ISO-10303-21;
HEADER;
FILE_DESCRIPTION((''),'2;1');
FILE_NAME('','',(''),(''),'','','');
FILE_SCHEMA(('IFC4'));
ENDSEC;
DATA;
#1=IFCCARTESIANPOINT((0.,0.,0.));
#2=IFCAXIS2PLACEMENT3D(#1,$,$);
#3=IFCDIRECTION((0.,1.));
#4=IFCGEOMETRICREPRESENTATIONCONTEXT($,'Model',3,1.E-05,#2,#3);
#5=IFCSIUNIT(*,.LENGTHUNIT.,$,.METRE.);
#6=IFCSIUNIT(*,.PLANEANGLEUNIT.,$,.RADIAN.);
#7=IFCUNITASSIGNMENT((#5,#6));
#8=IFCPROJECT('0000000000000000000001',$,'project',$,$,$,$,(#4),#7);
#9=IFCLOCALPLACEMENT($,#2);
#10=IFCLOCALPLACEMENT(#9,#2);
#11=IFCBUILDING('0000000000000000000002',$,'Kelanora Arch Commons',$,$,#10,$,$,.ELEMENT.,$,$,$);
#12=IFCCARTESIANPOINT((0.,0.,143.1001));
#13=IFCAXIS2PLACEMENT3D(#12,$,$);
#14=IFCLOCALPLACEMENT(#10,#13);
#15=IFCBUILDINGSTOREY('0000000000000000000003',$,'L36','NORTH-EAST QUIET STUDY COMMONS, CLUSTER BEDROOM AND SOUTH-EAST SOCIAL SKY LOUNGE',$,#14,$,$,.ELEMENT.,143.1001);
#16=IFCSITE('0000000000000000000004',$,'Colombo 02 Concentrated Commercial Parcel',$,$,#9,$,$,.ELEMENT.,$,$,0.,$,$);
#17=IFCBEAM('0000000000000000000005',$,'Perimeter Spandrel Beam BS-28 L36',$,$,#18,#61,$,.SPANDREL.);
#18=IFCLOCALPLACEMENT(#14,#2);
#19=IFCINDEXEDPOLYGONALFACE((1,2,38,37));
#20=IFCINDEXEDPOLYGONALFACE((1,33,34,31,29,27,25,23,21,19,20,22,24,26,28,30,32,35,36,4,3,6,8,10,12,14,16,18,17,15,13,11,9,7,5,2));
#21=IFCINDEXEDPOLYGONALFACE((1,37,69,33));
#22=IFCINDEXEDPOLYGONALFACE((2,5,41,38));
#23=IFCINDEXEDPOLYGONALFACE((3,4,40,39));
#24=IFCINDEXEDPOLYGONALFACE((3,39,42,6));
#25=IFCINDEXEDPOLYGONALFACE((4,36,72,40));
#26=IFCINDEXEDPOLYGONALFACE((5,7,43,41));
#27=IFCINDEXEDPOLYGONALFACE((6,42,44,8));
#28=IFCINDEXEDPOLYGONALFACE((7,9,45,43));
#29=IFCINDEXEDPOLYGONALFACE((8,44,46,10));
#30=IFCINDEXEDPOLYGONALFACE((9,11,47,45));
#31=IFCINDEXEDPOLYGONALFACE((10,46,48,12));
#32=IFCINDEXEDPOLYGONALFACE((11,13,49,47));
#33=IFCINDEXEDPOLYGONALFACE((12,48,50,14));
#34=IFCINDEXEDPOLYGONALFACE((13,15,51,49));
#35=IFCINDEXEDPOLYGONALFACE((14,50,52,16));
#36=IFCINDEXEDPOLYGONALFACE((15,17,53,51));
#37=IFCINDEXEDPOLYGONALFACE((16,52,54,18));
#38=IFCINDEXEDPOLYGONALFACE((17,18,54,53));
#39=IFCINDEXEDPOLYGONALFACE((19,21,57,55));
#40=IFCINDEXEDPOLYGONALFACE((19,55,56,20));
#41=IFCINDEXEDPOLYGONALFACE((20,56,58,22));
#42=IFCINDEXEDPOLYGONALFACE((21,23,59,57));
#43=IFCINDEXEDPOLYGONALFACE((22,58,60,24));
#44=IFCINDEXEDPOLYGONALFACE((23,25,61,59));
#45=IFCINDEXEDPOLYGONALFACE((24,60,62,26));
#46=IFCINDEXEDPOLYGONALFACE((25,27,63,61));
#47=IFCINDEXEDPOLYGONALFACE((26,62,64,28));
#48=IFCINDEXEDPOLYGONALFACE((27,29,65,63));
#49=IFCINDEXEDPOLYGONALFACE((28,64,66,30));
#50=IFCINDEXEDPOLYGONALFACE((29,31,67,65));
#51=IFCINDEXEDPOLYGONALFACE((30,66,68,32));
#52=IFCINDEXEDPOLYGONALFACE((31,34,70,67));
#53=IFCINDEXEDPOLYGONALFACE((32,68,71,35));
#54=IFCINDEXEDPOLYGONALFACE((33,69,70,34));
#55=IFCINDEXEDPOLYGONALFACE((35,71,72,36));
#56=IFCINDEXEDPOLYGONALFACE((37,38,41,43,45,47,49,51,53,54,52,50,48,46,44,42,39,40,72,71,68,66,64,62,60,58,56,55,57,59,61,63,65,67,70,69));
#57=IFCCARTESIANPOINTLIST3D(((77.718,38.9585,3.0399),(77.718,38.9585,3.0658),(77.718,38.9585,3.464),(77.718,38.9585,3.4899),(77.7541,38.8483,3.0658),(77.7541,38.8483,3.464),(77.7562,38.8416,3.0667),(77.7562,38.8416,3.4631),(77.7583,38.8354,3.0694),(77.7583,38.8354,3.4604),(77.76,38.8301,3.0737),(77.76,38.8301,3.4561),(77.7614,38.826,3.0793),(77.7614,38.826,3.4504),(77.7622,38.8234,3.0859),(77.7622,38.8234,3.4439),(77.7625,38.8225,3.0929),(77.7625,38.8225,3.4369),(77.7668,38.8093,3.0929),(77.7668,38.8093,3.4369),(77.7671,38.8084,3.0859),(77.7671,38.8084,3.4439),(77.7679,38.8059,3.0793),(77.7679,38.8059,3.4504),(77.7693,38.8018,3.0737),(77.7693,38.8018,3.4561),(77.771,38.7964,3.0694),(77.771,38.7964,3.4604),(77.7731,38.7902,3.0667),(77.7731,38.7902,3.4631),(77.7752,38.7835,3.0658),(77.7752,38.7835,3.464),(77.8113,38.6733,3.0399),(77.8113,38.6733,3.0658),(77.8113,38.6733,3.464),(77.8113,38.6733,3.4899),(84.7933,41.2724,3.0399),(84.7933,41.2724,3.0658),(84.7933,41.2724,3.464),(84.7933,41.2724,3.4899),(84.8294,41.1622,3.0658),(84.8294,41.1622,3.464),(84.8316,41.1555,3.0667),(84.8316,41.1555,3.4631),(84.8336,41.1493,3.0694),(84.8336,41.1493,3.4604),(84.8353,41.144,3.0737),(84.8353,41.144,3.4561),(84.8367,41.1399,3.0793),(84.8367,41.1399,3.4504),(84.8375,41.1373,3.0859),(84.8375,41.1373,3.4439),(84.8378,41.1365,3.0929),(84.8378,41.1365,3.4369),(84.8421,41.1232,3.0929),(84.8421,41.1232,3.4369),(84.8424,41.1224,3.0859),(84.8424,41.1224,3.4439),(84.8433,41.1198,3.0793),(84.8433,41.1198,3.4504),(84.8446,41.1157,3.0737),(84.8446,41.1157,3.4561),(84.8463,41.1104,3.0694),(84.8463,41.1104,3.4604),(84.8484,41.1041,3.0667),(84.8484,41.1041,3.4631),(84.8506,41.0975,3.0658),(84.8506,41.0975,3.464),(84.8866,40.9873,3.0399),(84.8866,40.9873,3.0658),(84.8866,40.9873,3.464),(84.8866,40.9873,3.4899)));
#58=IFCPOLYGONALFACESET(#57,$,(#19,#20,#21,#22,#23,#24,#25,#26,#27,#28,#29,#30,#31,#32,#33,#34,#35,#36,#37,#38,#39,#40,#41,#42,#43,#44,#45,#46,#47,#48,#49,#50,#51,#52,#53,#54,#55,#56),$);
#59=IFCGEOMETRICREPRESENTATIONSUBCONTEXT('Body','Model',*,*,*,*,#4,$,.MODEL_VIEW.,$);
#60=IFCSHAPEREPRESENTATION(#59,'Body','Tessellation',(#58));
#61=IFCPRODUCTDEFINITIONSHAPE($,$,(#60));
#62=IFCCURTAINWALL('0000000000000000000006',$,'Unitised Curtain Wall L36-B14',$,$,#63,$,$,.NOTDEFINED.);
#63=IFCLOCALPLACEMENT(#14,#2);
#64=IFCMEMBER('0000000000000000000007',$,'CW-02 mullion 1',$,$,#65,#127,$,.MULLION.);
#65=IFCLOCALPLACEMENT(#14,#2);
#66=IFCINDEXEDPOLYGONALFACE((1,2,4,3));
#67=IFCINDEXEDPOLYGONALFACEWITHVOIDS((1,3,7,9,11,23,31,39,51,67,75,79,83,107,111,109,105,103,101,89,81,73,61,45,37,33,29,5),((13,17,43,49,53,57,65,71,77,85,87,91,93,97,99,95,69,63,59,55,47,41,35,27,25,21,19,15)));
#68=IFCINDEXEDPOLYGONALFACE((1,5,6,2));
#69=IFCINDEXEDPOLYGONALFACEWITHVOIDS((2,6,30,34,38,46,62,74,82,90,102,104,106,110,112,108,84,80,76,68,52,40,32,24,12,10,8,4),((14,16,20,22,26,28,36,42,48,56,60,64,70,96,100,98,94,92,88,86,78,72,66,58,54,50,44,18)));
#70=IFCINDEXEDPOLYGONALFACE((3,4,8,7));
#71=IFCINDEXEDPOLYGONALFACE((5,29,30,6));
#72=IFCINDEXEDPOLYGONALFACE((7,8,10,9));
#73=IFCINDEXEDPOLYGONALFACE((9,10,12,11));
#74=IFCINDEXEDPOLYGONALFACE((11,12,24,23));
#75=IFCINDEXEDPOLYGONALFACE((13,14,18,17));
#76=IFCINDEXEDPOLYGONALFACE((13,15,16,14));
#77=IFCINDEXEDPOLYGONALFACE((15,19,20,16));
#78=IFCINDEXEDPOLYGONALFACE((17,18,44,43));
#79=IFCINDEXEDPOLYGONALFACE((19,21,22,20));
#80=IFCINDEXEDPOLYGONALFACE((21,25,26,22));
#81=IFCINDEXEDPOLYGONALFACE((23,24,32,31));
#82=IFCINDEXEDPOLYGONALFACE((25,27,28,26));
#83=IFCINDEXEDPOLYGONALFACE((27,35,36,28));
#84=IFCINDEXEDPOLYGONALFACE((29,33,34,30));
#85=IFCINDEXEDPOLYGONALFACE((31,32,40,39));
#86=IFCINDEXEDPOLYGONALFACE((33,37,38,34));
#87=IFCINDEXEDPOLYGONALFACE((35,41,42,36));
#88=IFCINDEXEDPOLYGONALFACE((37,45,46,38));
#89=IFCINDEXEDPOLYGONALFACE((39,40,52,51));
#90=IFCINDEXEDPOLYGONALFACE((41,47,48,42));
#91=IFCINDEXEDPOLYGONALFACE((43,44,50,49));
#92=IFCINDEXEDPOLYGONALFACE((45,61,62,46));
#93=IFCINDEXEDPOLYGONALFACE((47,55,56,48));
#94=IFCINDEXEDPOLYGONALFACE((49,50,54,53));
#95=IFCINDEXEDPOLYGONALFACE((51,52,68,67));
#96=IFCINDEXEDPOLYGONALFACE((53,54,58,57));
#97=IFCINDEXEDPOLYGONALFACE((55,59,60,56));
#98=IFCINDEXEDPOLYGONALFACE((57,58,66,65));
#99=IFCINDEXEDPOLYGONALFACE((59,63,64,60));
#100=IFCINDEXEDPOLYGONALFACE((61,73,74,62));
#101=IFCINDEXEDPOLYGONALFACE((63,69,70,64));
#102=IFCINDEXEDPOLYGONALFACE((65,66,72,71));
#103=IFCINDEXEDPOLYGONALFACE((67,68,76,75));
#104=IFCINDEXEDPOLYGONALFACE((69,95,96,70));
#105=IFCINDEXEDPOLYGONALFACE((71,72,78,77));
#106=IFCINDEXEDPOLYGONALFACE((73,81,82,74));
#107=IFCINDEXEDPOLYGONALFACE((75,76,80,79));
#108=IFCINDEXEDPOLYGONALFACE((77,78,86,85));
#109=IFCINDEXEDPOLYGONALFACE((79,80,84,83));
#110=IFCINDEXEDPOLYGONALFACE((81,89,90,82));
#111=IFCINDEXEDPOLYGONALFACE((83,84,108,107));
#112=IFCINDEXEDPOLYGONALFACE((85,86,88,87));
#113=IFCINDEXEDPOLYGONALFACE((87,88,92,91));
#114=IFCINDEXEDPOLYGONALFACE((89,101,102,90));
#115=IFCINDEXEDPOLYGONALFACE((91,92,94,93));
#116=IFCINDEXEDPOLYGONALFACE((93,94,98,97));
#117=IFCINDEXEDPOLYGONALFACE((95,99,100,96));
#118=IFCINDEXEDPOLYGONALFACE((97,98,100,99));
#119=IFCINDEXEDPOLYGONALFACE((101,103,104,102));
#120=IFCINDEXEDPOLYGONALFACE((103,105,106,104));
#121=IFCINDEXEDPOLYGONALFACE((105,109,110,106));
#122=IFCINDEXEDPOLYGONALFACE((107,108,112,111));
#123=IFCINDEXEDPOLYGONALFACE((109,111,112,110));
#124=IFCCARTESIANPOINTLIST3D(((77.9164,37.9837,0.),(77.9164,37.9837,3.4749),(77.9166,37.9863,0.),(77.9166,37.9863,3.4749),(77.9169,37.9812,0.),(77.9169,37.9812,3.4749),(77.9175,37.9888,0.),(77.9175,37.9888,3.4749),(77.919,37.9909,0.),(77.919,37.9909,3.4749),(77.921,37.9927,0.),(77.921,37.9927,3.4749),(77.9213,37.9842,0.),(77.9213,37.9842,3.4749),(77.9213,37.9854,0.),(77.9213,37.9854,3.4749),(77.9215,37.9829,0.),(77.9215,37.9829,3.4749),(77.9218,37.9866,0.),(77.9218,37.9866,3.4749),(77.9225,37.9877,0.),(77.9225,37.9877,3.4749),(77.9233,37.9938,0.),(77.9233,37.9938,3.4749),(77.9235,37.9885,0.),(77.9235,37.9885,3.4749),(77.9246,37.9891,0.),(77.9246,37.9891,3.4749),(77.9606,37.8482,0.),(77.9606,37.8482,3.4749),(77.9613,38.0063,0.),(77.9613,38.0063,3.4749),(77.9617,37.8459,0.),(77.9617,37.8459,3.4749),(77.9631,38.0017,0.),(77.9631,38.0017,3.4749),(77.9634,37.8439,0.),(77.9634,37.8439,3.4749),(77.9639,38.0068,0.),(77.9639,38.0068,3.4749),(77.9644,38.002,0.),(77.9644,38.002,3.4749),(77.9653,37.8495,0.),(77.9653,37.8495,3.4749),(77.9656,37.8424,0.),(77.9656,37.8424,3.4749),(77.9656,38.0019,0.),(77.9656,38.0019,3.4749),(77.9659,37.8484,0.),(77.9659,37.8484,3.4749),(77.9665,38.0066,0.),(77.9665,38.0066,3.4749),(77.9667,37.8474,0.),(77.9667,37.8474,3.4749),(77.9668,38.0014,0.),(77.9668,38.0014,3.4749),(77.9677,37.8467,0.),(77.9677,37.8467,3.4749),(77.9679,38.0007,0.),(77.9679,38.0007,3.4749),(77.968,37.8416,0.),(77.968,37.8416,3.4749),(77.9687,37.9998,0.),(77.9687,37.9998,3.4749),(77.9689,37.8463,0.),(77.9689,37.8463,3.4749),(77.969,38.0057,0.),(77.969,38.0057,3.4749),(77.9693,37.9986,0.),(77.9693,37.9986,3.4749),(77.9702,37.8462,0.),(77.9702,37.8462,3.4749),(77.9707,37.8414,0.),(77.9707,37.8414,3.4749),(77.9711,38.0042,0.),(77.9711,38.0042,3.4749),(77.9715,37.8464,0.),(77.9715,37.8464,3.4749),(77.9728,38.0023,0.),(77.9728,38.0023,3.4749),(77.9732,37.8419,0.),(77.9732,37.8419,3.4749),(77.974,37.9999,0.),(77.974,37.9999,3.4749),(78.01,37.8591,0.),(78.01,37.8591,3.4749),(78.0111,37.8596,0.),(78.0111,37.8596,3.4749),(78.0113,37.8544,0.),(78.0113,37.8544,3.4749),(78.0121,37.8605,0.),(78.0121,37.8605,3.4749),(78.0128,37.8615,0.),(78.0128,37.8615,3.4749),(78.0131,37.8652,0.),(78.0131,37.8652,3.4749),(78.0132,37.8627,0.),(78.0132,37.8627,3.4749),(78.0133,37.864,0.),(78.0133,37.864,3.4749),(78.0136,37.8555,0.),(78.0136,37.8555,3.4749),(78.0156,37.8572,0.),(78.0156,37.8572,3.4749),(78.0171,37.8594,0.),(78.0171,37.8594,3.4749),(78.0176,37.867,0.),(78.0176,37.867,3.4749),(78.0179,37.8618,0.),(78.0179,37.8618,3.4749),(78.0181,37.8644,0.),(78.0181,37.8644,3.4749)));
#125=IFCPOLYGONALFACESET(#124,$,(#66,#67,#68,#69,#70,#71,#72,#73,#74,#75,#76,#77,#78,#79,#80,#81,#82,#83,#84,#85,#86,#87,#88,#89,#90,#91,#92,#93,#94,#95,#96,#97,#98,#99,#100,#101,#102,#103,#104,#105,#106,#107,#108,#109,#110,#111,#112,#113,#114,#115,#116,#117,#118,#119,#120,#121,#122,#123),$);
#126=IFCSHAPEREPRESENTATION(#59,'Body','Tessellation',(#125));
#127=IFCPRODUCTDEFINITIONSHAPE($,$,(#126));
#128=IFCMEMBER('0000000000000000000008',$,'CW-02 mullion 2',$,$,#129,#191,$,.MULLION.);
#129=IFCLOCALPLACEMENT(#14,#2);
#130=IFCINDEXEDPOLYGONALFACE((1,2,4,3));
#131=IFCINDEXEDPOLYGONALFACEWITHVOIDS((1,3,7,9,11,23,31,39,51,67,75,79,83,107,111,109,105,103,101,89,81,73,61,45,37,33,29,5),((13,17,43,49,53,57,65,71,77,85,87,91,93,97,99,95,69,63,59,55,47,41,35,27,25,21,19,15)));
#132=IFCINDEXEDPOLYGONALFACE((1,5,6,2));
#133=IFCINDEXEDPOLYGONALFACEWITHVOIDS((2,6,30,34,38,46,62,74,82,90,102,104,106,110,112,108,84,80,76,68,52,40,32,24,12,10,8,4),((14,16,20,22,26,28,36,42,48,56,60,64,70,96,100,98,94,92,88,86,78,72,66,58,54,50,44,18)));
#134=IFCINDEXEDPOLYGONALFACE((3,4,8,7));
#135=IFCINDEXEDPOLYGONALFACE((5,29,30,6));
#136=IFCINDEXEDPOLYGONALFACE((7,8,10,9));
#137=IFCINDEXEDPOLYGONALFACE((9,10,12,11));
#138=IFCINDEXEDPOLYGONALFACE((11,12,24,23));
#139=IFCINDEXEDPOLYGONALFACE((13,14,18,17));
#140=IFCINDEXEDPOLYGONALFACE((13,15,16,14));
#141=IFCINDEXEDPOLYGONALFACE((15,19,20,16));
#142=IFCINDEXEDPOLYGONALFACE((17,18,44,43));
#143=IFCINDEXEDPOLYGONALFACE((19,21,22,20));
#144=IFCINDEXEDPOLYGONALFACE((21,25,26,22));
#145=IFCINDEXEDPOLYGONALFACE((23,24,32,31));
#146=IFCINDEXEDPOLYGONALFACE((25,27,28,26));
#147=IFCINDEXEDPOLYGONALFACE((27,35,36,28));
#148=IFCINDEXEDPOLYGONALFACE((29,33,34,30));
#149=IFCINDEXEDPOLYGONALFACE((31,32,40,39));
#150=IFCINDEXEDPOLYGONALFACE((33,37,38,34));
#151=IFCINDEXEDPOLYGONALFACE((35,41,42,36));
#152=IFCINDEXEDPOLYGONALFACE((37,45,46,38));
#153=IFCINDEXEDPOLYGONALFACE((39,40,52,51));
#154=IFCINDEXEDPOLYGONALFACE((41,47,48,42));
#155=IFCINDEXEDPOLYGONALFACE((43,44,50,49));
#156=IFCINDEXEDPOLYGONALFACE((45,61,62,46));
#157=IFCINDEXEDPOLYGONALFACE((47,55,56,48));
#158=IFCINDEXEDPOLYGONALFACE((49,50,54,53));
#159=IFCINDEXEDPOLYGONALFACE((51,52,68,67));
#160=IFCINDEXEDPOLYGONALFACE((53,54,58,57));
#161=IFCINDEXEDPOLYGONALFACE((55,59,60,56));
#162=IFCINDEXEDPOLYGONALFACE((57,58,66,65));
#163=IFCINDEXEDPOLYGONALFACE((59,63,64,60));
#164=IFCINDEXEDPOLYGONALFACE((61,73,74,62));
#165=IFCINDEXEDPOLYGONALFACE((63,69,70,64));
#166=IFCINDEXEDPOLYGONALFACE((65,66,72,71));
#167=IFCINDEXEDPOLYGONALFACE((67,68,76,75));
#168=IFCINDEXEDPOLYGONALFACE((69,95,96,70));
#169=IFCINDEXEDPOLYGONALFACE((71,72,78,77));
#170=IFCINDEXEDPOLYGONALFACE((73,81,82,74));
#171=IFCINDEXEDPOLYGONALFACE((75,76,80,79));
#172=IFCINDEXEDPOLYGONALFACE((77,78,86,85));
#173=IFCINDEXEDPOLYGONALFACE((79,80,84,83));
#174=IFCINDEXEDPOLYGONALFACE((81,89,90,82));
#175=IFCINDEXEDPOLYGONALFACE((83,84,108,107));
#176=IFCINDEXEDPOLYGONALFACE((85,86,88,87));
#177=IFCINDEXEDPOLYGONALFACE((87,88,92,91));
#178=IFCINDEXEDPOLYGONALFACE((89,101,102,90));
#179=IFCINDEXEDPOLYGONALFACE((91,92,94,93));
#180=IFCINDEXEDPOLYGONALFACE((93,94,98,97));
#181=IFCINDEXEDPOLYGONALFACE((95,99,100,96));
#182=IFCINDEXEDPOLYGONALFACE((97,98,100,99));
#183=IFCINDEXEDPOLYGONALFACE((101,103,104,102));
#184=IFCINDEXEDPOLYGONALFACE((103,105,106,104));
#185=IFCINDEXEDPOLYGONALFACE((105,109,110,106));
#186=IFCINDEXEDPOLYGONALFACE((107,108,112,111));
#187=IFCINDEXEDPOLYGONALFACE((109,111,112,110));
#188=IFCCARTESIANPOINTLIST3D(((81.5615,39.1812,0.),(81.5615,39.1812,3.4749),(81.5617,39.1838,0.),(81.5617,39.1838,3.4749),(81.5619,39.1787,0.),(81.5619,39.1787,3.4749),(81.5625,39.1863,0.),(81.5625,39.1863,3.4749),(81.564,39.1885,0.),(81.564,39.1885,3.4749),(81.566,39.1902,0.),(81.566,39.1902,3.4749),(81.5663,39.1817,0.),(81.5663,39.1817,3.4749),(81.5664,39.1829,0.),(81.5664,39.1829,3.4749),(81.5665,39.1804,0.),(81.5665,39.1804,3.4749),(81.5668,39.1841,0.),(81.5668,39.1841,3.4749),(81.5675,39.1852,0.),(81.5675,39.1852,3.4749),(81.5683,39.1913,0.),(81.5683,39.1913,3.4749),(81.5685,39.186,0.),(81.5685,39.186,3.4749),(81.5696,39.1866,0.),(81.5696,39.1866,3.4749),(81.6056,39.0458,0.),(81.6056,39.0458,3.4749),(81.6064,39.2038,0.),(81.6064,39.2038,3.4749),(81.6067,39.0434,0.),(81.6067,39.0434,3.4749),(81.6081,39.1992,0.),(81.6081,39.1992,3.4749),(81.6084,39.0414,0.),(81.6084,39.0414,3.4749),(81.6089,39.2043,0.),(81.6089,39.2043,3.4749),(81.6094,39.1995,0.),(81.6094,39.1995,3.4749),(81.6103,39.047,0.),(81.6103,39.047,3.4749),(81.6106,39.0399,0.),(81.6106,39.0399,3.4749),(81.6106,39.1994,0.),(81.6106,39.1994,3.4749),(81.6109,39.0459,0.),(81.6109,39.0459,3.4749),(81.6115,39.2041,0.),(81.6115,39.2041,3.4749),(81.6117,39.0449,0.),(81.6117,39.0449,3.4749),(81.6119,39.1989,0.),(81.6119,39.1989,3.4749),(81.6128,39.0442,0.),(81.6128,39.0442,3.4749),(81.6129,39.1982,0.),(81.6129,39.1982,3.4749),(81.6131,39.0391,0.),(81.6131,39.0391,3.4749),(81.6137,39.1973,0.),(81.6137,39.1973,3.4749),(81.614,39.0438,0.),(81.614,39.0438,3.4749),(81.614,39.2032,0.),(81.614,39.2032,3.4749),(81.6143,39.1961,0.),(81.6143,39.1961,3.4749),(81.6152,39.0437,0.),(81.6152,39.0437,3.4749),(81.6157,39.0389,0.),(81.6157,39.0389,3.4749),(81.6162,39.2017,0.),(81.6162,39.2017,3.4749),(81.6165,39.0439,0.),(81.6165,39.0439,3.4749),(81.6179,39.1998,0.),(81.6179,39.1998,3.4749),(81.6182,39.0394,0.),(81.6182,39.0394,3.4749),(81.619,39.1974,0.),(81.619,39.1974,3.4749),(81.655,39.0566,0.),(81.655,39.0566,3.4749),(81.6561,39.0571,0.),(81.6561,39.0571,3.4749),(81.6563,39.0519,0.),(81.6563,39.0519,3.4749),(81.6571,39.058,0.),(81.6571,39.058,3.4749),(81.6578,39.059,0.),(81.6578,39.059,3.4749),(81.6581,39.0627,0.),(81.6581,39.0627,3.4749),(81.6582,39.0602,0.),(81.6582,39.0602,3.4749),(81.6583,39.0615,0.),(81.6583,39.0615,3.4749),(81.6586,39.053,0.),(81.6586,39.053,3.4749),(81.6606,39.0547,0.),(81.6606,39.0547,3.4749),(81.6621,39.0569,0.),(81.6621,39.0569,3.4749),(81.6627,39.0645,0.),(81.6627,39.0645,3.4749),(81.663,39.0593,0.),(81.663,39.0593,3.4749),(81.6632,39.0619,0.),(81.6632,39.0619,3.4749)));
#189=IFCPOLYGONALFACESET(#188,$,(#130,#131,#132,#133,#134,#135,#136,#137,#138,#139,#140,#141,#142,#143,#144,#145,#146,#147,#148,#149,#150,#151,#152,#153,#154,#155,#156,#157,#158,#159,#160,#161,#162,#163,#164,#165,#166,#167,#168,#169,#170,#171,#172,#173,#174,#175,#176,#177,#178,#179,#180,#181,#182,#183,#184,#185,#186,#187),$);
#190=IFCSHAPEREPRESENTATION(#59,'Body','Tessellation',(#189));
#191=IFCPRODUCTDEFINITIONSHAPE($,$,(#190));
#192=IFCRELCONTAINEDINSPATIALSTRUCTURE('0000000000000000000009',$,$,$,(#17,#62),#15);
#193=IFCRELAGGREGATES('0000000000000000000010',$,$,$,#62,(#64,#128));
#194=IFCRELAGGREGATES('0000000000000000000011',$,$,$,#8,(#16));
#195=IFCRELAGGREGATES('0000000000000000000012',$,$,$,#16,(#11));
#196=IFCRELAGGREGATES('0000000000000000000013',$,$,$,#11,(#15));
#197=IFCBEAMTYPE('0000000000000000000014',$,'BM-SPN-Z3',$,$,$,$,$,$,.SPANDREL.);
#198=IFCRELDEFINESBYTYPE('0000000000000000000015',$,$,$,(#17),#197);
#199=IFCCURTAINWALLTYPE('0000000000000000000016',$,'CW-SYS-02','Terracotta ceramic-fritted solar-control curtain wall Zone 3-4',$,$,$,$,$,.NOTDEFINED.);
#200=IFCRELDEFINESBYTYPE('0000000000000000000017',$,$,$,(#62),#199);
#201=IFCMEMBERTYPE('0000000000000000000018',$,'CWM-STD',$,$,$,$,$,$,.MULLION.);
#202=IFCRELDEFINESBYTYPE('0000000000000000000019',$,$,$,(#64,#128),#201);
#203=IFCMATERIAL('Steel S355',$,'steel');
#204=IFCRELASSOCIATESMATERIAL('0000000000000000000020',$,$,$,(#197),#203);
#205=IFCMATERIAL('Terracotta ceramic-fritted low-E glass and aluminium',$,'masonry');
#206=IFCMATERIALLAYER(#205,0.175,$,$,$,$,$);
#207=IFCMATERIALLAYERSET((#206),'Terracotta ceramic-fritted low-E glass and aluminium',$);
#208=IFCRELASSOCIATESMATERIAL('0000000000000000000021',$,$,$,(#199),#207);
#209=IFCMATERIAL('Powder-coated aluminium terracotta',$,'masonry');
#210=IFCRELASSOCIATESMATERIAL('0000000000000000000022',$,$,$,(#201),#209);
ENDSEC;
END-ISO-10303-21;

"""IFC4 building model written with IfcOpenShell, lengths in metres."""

from ifc_helpers import new_model, si_unit, direction, frame, origin, origin_2d, place, context, subcontext, project, spatial, hollow_rectangle, i_section, extrude, material, layer, layer_set, material_profile, profile_set, type_object, element, aggregate, save


model = new_model("IFC4")

# Units and contexts
model_context = context("Model", 3, precision=1e-05, world=origin(), true_north=direction((0.0, 1.0)))
body_context = subcontext(model_context, "Body", "Model", "MODEL_VIEW")
ifc_project = project(units=[si_unit("LENGTHUNIT", "METRE"), si_unit("PLANEANGLEUNIT", "RADIAN")], contexts=[model_context])

# Site, building, storey
site_placement = place(None, origin())
site = spatial("IfcSite", under=ifc_project, at=site_placement, Name="Colombo 02 Concentrated Commercial Parcel", CompositionType="ELEMENT", RefElevation=0.0)
building_placement = place(site_placement, origin())
building = spatial("IfcBuilding", under=site, at=building_placement, Name="Kelanora Arch Commons", CompositionType="ELEMENT")
storey_placement = place(building_placement, frame((0.0, 0.0, 143.1001)))
storey = spatial("IfcBuildingStorey", under=building, at=storey_placement, Name="L36", Description="NORTH-EAST QUIET STUDY COMMONS, CLUSTER BEDROOM AND SOUTH-EAST SOCIAL SKY LOUNGE", CompositionType="ELEMENT", Elevation=143.1001)

# Beam
ifc_material_1 = material(Name="Steel S355", Category="steel")
ifc_material_profile_1 = material_profile(ifc_material_1, i_section(OverallWidth=0.3, OverallDepth=0.45, WebThickness=0.0139, FlangeThickness=0.0259, FilletRadius=0.0271, at=origin_2d()), Name="HEB450")
ifc_profile_set_1 = profile_set([ifc_material_profile_1], Name="Steel S355")
beam_type_1 = type_object("IfcBeamType", Name="BM-SPN-Z3", PredefinedType="SPANDREL", material=ifc_profile_set_1)
beam_1_placement = place(storey_placement, frame((77.7646, 38.8159, 3.2649), z_axis=(0.950462, 0.310841, 0.0), x_axis=(-0.310841, 0.950462, 0.0)))
element("IfcBeam", 1, at=beam_1_placement, inside=storey, type_object=beam_type_1, Name="Perimeter Spandrel Beam BS-28 L36", PredefinedType="SPANDREL", context=body_context, shape_type="SweptSolid", body=[
    extrude(i_section(OverallWidth=0.3, OverallDepth=0.45, WebThickness=0.0139, FlangeThickness=0.0259, FilletRadius=0.0271, at=origin_2d()), origin(), (0.0, 0.0, 1.0), 7.4441),
])

# Curtain wall, members
ifc_material_2 = material(Name="Terracotta ceramic-fritted low-E glass and aluminium", Category="masonry")
ifc_layer_1 = layer(ifc_material_2, 0.175)
ifc_layer_set_1 = layer_set([ifc_layer_1], Name="Terracotta ceramic-fritted low-E glass and aluminium")
curtain_wall_type = type_object("IfcCurtainWallType", Name="CW-SYS-02", Description="Terracotta ceramic-fritted solar-control curtain wall Zone 3-4", PredefinedType="NOTDEFINED", material=ifc_layer_set_1)
curtain_wall_placement = place(storey_placement, origin())
curtain_wall = element("IfcCurtainWall", 2, at=curtain_wall_placement, inside=storey, type_object=curtain_wall_type, Name="Unitised Curtain Wall L36-B14", PredefinedType="NOTDEFINED")
ifc_material_3 = material(Name="Powder-coated aluminium terracotta", Category="masonry")
ifc_material_profile_2 = material_profile(ifc_material_3, hollow_rectangle(XDim=0.1599, YDim=0.0601, WallThickness=0.0049, InnerFilletRadius=0.0049, OuterFilletRadius=0.01, at=origin_2d()), Name="CWM160x60")
ifc_profile_set_2 = profile_set([ifc_material_profile_2], Name="Powder-coated aluminium terracotta")
member_type_1 = type_object("IfcMemberType", Name="CWM-STD", PredefinedType="MULLION", material=ifc_profile_set_2)
member_1_placement = place(storey_placement, frame((77.9673, 37.9241, 0.0), z_axis=(0.0, 0.0, 1.0), x_axis=(-0.312128, 0.95004, 0.0)))
member_1 = element("IfcMember", 3, at=member_1_placement, type_object=member_type_1, Name="CW-02 mullion 1", PredefinedType="MULLION", context=body_context, shape_type="SweptSolid", body=[
    extrude(hollow_rectangle(XDim=0.1599, YDim=0.0601, WallThickness=0.0049, InnerFilletRadius=0.0049, OuterFilletRadius=0.01, at=origin_2d()), origin(), (0.0, 0.0, 1.0), 3.4749),
])
member_2_placement = place(storey_placement, frame((81.6123, 39.1216, 0.0), z_axis=(0.0, 0.0, 1.0), x_axis=(-0.312128, 0.95004, 0.0)))
member_2 = element("IfcMember", 4, at=member_2_placement, type_object=member_type_1, Name="CW-02 mullion 2", PredefinedType="MULLION", context=body_context, shape_type="SweptSolid", body=[
    extrude(hollow_rectangle(XDim=0.1599, YDim=0.0601, WallThickness=0.0049, InnerFilletRadius=0.0049, OuterFilletRadius=0.01, at=origin_2d()), origin(), (0.0, 0.0, 1.0), 3.4749),
])
aggregate(curtain_wall, [member_1, member_2])

save(model, "model.ifc")
